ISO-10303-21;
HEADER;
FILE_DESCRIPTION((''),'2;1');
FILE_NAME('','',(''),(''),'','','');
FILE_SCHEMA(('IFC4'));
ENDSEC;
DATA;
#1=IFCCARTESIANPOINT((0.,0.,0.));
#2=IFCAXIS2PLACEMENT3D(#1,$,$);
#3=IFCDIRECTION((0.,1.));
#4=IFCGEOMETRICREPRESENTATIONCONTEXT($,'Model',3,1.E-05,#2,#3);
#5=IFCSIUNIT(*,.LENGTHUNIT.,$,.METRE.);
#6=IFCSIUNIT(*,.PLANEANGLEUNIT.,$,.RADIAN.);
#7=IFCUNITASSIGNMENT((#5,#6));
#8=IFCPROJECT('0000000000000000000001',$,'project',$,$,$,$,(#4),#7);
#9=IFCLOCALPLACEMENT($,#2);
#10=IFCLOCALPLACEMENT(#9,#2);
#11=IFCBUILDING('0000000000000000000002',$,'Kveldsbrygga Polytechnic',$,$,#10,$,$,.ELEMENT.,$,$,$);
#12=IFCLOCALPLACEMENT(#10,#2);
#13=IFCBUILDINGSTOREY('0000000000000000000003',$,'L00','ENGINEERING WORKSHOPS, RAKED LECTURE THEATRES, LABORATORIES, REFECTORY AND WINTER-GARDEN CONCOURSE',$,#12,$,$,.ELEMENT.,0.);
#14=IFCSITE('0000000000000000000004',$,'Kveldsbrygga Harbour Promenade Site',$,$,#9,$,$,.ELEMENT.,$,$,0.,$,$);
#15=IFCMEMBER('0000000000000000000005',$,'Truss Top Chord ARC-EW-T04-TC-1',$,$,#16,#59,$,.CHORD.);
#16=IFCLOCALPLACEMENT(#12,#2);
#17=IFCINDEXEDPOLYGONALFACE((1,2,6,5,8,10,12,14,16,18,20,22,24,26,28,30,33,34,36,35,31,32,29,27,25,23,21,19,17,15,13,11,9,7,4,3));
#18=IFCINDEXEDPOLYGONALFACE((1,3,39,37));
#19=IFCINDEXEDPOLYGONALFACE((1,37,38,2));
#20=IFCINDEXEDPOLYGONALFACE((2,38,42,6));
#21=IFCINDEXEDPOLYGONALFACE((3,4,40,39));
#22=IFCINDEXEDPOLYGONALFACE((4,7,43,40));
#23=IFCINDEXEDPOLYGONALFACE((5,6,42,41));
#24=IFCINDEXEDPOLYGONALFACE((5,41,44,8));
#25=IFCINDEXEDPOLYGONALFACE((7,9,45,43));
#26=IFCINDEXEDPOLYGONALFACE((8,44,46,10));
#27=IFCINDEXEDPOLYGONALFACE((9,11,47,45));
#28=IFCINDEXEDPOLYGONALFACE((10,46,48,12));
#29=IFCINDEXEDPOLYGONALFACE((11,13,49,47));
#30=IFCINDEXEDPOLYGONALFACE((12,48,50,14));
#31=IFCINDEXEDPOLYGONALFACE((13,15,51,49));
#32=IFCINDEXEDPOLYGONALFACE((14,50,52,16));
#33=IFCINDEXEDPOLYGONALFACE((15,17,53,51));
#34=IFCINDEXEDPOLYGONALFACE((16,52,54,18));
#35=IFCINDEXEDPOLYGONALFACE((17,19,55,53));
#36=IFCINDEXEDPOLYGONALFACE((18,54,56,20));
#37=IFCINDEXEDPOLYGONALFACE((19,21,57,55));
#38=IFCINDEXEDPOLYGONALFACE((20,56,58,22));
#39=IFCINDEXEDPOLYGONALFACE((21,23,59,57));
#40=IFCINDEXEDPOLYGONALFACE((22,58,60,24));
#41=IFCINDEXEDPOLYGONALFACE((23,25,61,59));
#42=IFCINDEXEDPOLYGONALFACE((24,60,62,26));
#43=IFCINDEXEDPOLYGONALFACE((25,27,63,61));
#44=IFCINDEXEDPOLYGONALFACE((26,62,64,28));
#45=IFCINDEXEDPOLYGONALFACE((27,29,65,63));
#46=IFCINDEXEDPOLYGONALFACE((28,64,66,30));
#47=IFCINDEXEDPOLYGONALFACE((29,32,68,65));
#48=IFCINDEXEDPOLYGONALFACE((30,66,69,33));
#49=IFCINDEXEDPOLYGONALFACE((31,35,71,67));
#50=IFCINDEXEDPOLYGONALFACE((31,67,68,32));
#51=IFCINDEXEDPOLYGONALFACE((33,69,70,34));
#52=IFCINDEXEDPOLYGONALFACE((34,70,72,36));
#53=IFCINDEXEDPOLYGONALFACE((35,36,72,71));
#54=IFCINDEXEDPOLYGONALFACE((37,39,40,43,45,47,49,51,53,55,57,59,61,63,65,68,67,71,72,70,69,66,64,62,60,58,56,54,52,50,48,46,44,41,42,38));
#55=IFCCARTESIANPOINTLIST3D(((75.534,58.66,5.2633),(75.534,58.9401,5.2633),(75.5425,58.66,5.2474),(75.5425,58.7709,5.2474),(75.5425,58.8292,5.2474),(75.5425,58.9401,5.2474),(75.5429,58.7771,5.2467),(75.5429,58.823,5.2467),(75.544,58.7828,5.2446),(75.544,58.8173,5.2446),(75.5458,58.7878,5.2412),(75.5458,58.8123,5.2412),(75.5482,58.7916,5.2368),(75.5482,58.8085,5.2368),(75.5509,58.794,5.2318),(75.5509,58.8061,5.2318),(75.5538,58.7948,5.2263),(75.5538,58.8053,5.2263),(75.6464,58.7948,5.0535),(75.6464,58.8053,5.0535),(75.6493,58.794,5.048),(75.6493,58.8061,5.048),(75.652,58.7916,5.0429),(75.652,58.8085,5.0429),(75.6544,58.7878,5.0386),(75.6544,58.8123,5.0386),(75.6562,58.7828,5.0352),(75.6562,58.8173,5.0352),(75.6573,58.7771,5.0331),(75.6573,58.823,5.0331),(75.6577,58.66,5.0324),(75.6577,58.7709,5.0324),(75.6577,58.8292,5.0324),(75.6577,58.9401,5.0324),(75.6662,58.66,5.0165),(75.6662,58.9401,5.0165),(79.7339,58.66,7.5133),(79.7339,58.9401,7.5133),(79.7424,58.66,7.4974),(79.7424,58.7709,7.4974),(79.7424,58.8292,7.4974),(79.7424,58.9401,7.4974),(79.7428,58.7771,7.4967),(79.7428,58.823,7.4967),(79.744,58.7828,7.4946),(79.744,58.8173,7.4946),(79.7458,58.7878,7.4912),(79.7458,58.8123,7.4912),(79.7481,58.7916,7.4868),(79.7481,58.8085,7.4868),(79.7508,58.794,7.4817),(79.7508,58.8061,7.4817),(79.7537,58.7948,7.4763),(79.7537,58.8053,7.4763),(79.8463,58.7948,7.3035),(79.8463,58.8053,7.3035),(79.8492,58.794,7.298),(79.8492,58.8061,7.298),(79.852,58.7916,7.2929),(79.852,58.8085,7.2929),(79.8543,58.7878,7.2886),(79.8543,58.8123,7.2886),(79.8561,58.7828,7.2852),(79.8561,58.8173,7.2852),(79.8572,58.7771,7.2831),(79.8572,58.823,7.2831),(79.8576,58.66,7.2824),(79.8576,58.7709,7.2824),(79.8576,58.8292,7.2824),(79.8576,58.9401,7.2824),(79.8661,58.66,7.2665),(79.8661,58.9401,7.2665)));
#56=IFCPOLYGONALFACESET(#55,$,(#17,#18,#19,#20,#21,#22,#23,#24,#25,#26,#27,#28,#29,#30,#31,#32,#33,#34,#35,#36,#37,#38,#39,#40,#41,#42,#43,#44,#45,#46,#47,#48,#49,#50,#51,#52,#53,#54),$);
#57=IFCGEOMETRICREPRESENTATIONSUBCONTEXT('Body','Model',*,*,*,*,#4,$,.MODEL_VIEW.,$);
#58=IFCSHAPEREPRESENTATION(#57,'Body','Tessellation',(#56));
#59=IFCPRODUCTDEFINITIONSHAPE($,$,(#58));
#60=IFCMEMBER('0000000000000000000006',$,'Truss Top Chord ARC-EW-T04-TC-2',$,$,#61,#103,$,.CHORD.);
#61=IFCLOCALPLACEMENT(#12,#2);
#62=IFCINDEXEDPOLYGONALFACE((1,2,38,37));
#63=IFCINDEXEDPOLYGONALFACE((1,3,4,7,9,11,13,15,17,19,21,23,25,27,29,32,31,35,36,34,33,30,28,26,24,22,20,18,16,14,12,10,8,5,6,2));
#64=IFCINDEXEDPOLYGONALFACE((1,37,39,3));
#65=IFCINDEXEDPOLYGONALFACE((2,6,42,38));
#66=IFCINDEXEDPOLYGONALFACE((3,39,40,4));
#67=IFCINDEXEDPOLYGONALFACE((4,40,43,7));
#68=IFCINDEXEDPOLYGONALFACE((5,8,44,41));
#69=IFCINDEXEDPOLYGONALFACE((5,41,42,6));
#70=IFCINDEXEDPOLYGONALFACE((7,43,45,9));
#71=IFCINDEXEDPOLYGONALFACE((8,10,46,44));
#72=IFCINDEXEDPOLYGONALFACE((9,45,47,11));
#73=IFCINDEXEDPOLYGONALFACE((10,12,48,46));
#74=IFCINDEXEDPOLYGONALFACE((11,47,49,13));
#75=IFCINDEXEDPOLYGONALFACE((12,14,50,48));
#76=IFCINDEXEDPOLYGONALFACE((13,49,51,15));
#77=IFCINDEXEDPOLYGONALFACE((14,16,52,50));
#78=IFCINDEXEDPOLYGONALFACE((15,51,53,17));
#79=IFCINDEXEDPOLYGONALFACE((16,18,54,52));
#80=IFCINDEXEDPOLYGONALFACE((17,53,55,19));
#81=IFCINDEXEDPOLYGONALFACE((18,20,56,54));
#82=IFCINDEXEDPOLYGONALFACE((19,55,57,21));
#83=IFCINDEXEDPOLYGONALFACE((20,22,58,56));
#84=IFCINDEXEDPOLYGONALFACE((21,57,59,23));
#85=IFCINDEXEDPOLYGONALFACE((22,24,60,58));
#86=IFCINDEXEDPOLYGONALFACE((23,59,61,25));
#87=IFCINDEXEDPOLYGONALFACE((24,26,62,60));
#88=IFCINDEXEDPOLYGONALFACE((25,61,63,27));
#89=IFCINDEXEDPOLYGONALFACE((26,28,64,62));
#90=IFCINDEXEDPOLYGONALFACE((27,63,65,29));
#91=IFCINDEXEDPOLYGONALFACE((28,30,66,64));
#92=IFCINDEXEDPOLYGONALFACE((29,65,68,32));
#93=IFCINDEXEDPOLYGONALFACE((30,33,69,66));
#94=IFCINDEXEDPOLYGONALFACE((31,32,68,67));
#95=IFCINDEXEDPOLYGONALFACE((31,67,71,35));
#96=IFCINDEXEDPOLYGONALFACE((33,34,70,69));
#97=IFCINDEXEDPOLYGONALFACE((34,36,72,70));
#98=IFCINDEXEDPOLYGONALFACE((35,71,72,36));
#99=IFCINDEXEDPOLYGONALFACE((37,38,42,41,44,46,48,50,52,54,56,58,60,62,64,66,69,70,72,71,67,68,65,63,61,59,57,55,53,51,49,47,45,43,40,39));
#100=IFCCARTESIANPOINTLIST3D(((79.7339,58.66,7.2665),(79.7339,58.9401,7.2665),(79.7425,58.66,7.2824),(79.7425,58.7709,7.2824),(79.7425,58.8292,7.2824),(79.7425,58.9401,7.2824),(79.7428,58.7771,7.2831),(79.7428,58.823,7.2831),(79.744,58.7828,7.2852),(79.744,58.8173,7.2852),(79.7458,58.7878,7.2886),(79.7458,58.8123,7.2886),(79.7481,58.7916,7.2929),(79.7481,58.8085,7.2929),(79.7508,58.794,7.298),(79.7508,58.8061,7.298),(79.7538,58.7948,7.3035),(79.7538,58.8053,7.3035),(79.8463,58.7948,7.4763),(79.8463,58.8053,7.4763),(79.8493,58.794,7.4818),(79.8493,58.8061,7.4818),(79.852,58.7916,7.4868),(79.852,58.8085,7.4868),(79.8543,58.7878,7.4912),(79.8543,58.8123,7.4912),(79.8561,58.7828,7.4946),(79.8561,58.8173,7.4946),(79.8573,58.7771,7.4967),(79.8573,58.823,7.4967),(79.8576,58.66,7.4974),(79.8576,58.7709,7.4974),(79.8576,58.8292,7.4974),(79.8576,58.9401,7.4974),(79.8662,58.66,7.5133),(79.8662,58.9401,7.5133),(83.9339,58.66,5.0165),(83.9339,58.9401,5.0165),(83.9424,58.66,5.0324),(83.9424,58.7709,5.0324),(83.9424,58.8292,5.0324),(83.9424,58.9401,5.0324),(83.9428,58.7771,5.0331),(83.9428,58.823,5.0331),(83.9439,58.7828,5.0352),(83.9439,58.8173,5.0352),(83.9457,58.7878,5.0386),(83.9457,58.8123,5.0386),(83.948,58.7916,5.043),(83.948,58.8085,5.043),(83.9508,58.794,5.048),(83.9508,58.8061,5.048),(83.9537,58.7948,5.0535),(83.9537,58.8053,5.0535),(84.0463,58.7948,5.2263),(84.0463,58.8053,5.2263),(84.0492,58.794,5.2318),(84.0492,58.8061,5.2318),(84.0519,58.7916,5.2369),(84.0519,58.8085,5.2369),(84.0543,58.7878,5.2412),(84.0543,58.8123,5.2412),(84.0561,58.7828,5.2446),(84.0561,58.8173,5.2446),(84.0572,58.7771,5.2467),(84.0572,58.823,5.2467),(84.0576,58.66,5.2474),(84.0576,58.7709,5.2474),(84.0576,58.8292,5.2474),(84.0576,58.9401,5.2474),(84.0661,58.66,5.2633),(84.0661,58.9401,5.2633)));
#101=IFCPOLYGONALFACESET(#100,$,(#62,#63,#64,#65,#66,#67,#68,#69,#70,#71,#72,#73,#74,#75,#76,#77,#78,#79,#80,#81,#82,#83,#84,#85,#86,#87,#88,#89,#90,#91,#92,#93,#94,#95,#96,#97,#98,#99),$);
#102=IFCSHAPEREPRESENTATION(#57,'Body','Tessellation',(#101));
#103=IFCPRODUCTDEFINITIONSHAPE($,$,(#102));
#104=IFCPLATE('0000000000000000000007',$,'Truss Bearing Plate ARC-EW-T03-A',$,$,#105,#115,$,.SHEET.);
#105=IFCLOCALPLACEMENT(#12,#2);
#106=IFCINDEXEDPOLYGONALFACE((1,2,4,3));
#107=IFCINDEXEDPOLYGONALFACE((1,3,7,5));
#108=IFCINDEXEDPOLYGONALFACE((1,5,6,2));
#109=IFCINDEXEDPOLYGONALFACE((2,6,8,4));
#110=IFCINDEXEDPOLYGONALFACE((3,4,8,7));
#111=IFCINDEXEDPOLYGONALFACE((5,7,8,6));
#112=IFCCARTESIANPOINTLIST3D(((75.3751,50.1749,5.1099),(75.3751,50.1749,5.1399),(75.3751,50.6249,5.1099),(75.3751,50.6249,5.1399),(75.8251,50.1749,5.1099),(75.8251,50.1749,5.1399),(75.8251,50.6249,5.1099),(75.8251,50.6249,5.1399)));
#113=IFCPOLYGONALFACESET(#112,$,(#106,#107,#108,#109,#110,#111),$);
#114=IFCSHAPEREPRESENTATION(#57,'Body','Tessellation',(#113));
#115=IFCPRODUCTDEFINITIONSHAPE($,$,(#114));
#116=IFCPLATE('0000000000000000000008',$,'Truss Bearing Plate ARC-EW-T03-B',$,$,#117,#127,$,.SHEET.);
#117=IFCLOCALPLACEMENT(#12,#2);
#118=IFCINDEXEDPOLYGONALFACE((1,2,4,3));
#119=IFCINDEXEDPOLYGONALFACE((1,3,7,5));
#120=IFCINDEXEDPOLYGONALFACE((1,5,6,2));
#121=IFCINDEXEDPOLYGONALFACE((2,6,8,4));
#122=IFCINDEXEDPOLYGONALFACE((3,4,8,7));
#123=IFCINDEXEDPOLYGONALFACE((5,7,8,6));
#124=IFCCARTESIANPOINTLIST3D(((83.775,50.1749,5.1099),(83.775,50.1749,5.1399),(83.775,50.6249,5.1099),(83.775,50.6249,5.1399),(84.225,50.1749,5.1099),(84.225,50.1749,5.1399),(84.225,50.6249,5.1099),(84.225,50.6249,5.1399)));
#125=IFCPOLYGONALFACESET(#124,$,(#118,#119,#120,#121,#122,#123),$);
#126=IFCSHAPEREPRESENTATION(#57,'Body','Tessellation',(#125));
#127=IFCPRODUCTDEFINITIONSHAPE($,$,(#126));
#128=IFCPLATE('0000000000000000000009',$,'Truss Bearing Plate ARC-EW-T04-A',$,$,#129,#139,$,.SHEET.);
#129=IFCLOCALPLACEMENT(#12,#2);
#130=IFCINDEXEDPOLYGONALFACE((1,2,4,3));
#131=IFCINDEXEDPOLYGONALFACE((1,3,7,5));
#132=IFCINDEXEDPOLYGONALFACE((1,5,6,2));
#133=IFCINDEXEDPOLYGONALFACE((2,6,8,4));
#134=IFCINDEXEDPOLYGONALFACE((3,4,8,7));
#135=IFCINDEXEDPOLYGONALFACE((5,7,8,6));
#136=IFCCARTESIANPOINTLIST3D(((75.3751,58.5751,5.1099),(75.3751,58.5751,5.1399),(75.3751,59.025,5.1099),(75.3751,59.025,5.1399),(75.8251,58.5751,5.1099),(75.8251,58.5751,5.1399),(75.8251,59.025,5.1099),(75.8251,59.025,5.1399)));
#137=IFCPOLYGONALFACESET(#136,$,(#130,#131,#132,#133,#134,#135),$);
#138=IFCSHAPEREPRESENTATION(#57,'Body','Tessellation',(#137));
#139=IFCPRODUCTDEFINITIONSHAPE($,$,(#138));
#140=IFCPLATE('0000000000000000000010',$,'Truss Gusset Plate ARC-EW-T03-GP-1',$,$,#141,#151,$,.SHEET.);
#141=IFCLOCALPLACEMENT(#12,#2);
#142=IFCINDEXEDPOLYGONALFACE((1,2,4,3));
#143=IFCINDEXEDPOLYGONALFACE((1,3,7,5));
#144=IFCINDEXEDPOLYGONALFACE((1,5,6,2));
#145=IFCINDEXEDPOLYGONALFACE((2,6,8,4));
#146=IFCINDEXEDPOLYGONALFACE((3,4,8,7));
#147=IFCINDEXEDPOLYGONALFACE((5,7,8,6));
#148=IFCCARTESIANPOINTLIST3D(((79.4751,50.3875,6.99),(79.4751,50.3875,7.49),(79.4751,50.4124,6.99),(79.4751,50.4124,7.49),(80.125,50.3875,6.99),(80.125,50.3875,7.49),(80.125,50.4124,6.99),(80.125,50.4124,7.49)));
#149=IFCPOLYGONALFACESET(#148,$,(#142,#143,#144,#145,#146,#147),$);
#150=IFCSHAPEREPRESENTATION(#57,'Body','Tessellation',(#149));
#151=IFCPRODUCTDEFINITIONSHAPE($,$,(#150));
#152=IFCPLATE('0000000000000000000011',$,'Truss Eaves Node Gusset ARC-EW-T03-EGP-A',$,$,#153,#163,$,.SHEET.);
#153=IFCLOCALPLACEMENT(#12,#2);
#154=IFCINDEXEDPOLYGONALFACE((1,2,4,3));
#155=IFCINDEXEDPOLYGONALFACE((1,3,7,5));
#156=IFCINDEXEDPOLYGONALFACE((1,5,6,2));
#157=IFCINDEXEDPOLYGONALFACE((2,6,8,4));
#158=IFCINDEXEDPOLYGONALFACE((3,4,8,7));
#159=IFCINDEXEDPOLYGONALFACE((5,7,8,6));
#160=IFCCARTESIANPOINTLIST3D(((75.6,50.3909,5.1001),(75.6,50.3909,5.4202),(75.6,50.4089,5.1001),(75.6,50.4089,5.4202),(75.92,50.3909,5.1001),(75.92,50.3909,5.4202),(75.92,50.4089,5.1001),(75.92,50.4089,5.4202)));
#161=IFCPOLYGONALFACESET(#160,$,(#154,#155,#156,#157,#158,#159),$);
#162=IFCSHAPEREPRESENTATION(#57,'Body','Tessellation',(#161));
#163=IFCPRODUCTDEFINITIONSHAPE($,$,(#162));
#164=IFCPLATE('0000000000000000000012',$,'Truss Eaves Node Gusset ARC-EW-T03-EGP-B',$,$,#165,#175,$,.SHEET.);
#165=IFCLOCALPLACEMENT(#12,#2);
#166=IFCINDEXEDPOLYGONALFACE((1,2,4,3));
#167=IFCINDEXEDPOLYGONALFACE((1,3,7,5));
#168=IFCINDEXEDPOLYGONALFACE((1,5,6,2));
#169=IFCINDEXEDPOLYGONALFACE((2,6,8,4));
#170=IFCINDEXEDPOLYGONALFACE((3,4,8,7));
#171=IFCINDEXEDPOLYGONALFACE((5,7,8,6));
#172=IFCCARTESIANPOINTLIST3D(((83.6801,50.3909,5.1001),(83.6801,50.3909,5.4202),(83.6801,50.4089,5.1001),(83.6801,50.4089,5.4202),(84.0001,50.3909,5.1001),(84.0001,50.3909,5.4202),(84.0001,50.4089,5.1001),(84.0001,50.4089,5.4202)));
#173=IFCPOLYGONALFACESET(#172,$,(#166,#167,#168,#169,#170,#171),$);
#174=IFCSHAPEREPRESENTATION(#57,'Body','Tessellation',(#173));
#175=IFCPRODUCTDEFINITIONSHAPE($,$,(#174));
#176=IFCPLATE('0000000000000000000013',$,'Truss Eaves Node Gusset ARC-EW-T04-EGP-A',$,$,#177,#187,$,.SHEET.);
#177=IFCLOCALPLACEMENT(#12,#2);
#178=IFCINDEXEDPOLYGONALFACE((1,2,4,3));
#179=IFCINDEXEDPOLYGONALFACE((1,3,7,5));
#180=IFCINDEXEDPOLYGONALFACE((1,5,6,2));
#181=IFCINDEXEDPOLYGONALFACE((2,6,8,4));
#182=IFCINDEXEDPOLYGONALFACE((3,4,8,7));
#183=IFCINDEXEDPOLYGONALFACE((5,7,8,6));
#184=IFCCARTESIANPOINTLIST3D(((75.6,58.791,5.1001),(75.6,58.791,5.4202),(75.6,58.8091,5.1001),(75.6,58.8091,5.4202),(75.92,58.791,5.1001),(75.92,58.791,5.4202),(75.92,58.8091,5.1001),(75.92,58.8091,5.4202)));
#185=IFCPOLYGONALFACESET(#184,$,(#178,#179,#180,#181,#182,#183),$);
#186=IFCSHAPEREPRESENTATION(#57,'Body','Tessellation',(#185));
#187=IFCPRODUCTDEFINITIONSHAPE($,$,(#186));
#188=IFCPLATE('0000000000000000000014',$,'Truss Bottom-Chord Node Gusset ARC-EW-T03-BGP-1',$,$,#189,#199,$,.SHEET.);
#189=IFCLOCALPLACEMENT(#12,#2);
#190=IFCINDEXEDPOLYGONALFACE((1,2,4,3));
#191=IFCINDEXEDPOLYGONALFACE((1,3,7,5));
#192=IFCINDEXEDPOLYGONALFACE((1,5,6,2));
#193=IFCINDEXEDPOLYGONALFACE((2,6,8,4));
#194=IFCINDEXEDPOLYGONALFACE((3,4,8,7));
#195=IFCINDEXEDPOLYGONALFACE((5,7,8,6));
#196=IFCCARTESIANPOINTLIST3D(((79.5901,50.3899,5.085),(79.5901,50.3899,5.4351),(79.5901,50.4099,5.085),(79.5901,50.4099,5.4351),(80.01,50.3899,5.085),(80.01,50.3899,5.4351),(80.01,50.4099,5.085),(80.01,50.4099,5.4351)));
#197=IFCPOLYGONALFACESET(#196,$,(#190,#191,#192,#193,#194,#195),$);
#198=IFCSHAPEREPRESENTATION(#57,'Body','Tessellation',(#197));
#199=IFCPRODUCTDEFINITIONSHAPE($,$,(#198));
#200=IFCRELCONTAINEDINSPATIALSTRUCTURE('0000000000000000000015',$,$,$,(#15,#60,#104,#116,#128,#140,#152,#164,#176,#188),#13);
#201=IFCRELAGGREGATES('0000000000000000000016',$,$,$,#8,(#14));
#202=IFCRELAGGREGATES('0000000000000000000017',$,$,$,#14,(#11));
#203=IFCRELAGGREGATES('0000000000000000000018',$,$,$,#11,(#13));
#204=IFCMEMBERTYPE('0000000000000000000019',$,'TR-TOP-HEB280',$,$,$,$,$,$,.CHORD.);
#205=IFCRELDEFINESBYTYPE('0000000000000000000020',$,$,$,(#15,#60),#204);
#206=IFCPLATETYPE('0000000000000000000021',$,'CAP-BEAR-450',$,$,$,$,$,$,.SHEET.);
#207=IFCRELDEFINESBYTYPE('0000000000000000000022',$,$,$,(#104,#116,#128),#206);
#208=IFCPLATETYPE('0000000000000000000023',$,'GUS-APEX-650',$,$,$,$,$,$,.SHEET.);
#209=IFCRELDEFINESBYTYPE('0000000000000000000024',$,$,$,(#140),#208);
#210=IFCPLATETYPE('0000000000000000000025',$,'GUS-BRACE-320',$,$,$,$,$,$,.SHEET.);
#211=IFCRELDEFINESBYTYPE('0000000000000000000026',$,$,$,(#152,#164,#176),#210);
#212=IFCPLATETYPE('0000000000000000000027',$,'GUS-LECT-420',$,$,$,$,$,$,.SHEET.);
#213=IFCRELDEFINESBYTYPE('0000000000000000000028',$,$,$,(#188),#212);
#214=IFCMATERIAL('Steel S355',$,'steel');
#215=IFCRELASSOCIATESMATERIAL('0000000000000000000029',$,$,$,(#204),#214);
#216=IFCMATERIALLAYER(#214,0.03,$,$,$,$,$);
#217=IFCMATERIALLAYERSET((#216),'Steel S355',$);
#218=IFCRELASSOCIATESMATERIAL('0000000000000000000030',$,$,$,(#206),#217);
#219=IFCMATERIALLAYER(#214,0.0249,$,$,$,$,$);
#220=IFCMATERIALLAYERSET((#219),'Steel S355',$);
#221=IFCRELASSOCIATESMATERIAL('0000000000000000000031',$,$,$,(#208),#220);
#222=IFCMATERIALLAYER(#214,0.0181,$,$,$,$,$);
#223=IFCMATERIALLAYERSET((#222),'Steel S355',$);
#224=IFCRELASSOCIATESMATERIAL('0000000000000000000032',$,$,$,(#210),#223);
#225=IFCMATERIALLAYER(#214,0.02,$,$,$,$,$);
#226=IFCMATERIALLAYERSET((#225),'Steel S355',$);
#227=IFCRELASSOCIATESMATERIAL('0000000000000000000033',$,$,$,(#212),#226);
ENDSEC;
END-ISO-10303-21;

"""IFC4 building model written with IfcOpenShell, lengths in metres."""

from ifc_helpers import new_model, si_unit, direction, frame, origin, origin_2d, place, context, subcontext, project, spatial, rectangle, i_section, extrude, material, layer, layer_set, material_profile, profile_set, type_object, element, save


model = new_model("IFC4")

# Units and contexts
model_context = context("Model", 3, precision=1e-05, world=origin(), true_north=direction((0.0, 1.0)))
body_context = subcontext(model_context, "Body", "Model", "MODEL_VIEW")
ifc_project = project(units=[si_unit("LENGTHUNIT", "METRE"), si_unit("PLANEANGLEUNIT", "RADIAN")], contexts=[model_context])

# Site, building, storey
site_placement = place(None, origin())
site = spatial("IfcSite", under=ifc_project, at=site_placement, Name="Kveldsbrygga Harbour Promenade Site", CompositionType="ELEMENT", RefElevation=0.0)
building_placement = place(site_placement, origin())
building = spatial("IfcBuilding", under=site, at=building_placement, Name="Kveldsbrygga Polytechnic", CompositionType="ELEMENT")
storey_placement = place(building_placement, origin())
storey = spatial("IfcBuildingStorey", under=building, at=storey_placement, Name="L00", Description="ENGINEERING WORKSHOPS, RAKED LECTURE THEATRES, LABORATORIES, REFECTORY AND WINTER-GARDEN CONCOURSE", CompositionType="ELEMENT", Elevation=0.0)

# Members
ifc_material_1 = material(Name="Steel S355", Category="steel")
ifc_material_profile_1 = material_profile(ifc_material_1, i_section(OverallWidth=0.28, OverallDepth=0.28, WebThickness=0.0105, FlangeThickness=0.0181, FilletRadius=0.0239, at=origin_2d()), Name="HEB 280")
ifc_profile_set_1 = profile_set([ifc_material_profile_1], Name="Steel S355")
member_type_1 = type_object("IfcMemberType", Name="TR-TOP-HEB280", PredefinedType="CHORD", material=ifc_profile_set_1)
for number, where, z_axis, x_axis, name in (
    (1, (75.6001, 58.8, 5.1399), (0.881478, 0.0, 0.472226), (0.0, 1.0, 0.0), "Truss Top Chord ARC-EW-T04-TC-1"),
    (2, (79.8, 58.8, 7.3899), (0.881478, 0.0, -0.472226), (0.0, 1.0, 0.0), "Truss Top Chord ARC-EW-T04-TC-2"),
):
    element("IfcMember", number, at=place(storey_placement, frame(where, z_axis=z_axis, x_axis=x_axis)), inside=storey, type_object=member_type_1, Name=name, PredefinedType="CHORD", context=body_context, shape_type="SweptSolid", body=[
        extrude(i_section(OverallWidth=0.28, OverallDepth=0.28, WebThickness=0.0105, FlangeThickness=0.0181, FilletRadius=0.0239, at=origin_2d()), origin(), (0.0, 0.0, 1.0), 4.7646),
    ])

# Plates
ifc_layer_1 = layer(ifc_material_1, 0.03)
ifc_layer_set_1 = layer_set([ifc_layer_1], Name="Steel S355")
plate_type_1 = type_object("IfcPlateType", Name="CAP-BEAR-450", PredefinedType="SHEET", material=ifc_layer_set_1)
for number, where, z_axis, x_axis, name in (
    (3, (75.6001, 50.3999, 5.1099), (0.0, 0.0, 1.0), (1.0, 0.0, 0.0), "Truss Bearing Plate ARC-EW-T03-A"),
    (4, (84.0, 50.3999, 5.1099), (0.0, 0.0, 1.0), (1.0, 0.0, 0.0), "Truss Bearing Plate ARC-EW-T03-B"),
    (5, (75.6001, 58.8, 5.1099), (0.0, 0.0, 1.0), (1.0, 0.0, 0.0), "Truss Bearing Plate ARC-EW-T04-A"),
):
    element("IfcPlate", number, at=place(storey_placement, frame(where, z_axis=z_axis, x_axis=x_axis)), inside=storey, type_object=plate_type_1, Name=name, PredefinedType="SHEET", context=body_context, shape_type="SweptSolid", body=[
        extrude(rectangle(XDim=0.45, YDim=0.45, at=origin_2d()), origin(), (0.0, 0.0, 1.0), 0.03),
    ])
ifc_layer_2 = layer(ifc_material_1, 0.0249)
ifc_layer_set_2 = layer_set([ifc_layer_2], Name="Steel S355")
plate_type_2 = type_object("IfcPlateType", Name="GUS-APEX-650", PredefinedType="SHEET", material=ifc_layer_set_2)
plate_1_placement = place(storey_placement, frame((79.8, 50.3999, 6.99), z_axis=(0.0, 0.0, 1.0), x_axis=(1.0, 0.0, 0.0)))
element("IfcPlate", 6, at=plate_1_placement, inside=storey, type_object=plate_type_2, Name="Truss Gusset Plate ARC-EW-T03-GP-1", PredefinedType="SHEET", context=body_context, shape_type="SweptSolid", body=[
    extrude(rectangle(XDim=0.6499, YDim=0.0249, at=origin_2d()), origin(), (0.0, 0.0, 1.0), 0.5),
])
ifc_layer_3 = layer(ifc_material_1, 0.0181)
ifc_layer_set_3 = layer_set([ifc_layer_3], Name="Steel S355")
plate_type_3 = type_object("IfcPlateType", Name="GUS-BRACE-320", PredefinedType="SHEET", material=ifc_layer_set_3)
for number, where, z_axis, x_axis, name in (
    (7, (75.76, 50.3999, 5.1001), (0.0, 0.0, 1.0), (1.0, 0.0, 0.0), "Truss Eaves Node Gusset ARC-EW-T03-EGP-A"),
    (8, (83.8401, 50.3999, 5.1001), (0.0, 0.0, 1.0), (1.0, 0.0, 0.0), "Truss Eaves Node Gusset ARC-EW-T03-EGP-B"),
    (9, (75.76, 58.8, 5.1001), (0.0, 0.0, 1.0), (1.0, 0.0, 0.0), "Truss Eaves Node Gusset ARC-EW-T04-EGP-A"),
):
    element("IfcPlate", number, at=place(storey_placement, frame(where, z_axis=z_axis, x_axis=x_axis)), inside=storey, type_object=plate_type_3, Name=name, PredefinedType="SHEET", context=body_context, shape_type="SweptSolid", body=[
        extrude(rectangle(XDim=0.3201, YDim=0.0181, at=origin_2d()), origin(), (0.0, 0.0, 1.0), 0.3201),
    ])
ifc_layer_4 = layer(ifc_material_1, 0.02)
ifc_layer_set_4 = layer_set([ifc_layer_4], Name="Steel S355")
plate_type_4 = type_object("IfcPlateType", Name="GUS-LECT-420", PredefinedType="SHEET", material=ifc_layer_set_4)
plate_2_placement = place(storey_placement, frame((79.8, 50.3999, 5.085), z_axis=(0.0, 0.0, 1.0), x_axis=(1.0, 0.0, 0.0)))
element("IfcPlate", 10, at=plate_2_placement, inside=storey, type_object=plate_type_4, Name="Truss Bottom-Chord Node Gusset ARC-EW-T03-BGP-1", PredefinedType="SHEET", context=body_context, shape_type="SweptSolid", body=[
    extrude(rectangle(XDim=0.4199, YDim=0.02, at=origin_2d()), origin(), (0.0, 0.0, 1.0), 0.3501),
])

save(model, "model.ifc")
